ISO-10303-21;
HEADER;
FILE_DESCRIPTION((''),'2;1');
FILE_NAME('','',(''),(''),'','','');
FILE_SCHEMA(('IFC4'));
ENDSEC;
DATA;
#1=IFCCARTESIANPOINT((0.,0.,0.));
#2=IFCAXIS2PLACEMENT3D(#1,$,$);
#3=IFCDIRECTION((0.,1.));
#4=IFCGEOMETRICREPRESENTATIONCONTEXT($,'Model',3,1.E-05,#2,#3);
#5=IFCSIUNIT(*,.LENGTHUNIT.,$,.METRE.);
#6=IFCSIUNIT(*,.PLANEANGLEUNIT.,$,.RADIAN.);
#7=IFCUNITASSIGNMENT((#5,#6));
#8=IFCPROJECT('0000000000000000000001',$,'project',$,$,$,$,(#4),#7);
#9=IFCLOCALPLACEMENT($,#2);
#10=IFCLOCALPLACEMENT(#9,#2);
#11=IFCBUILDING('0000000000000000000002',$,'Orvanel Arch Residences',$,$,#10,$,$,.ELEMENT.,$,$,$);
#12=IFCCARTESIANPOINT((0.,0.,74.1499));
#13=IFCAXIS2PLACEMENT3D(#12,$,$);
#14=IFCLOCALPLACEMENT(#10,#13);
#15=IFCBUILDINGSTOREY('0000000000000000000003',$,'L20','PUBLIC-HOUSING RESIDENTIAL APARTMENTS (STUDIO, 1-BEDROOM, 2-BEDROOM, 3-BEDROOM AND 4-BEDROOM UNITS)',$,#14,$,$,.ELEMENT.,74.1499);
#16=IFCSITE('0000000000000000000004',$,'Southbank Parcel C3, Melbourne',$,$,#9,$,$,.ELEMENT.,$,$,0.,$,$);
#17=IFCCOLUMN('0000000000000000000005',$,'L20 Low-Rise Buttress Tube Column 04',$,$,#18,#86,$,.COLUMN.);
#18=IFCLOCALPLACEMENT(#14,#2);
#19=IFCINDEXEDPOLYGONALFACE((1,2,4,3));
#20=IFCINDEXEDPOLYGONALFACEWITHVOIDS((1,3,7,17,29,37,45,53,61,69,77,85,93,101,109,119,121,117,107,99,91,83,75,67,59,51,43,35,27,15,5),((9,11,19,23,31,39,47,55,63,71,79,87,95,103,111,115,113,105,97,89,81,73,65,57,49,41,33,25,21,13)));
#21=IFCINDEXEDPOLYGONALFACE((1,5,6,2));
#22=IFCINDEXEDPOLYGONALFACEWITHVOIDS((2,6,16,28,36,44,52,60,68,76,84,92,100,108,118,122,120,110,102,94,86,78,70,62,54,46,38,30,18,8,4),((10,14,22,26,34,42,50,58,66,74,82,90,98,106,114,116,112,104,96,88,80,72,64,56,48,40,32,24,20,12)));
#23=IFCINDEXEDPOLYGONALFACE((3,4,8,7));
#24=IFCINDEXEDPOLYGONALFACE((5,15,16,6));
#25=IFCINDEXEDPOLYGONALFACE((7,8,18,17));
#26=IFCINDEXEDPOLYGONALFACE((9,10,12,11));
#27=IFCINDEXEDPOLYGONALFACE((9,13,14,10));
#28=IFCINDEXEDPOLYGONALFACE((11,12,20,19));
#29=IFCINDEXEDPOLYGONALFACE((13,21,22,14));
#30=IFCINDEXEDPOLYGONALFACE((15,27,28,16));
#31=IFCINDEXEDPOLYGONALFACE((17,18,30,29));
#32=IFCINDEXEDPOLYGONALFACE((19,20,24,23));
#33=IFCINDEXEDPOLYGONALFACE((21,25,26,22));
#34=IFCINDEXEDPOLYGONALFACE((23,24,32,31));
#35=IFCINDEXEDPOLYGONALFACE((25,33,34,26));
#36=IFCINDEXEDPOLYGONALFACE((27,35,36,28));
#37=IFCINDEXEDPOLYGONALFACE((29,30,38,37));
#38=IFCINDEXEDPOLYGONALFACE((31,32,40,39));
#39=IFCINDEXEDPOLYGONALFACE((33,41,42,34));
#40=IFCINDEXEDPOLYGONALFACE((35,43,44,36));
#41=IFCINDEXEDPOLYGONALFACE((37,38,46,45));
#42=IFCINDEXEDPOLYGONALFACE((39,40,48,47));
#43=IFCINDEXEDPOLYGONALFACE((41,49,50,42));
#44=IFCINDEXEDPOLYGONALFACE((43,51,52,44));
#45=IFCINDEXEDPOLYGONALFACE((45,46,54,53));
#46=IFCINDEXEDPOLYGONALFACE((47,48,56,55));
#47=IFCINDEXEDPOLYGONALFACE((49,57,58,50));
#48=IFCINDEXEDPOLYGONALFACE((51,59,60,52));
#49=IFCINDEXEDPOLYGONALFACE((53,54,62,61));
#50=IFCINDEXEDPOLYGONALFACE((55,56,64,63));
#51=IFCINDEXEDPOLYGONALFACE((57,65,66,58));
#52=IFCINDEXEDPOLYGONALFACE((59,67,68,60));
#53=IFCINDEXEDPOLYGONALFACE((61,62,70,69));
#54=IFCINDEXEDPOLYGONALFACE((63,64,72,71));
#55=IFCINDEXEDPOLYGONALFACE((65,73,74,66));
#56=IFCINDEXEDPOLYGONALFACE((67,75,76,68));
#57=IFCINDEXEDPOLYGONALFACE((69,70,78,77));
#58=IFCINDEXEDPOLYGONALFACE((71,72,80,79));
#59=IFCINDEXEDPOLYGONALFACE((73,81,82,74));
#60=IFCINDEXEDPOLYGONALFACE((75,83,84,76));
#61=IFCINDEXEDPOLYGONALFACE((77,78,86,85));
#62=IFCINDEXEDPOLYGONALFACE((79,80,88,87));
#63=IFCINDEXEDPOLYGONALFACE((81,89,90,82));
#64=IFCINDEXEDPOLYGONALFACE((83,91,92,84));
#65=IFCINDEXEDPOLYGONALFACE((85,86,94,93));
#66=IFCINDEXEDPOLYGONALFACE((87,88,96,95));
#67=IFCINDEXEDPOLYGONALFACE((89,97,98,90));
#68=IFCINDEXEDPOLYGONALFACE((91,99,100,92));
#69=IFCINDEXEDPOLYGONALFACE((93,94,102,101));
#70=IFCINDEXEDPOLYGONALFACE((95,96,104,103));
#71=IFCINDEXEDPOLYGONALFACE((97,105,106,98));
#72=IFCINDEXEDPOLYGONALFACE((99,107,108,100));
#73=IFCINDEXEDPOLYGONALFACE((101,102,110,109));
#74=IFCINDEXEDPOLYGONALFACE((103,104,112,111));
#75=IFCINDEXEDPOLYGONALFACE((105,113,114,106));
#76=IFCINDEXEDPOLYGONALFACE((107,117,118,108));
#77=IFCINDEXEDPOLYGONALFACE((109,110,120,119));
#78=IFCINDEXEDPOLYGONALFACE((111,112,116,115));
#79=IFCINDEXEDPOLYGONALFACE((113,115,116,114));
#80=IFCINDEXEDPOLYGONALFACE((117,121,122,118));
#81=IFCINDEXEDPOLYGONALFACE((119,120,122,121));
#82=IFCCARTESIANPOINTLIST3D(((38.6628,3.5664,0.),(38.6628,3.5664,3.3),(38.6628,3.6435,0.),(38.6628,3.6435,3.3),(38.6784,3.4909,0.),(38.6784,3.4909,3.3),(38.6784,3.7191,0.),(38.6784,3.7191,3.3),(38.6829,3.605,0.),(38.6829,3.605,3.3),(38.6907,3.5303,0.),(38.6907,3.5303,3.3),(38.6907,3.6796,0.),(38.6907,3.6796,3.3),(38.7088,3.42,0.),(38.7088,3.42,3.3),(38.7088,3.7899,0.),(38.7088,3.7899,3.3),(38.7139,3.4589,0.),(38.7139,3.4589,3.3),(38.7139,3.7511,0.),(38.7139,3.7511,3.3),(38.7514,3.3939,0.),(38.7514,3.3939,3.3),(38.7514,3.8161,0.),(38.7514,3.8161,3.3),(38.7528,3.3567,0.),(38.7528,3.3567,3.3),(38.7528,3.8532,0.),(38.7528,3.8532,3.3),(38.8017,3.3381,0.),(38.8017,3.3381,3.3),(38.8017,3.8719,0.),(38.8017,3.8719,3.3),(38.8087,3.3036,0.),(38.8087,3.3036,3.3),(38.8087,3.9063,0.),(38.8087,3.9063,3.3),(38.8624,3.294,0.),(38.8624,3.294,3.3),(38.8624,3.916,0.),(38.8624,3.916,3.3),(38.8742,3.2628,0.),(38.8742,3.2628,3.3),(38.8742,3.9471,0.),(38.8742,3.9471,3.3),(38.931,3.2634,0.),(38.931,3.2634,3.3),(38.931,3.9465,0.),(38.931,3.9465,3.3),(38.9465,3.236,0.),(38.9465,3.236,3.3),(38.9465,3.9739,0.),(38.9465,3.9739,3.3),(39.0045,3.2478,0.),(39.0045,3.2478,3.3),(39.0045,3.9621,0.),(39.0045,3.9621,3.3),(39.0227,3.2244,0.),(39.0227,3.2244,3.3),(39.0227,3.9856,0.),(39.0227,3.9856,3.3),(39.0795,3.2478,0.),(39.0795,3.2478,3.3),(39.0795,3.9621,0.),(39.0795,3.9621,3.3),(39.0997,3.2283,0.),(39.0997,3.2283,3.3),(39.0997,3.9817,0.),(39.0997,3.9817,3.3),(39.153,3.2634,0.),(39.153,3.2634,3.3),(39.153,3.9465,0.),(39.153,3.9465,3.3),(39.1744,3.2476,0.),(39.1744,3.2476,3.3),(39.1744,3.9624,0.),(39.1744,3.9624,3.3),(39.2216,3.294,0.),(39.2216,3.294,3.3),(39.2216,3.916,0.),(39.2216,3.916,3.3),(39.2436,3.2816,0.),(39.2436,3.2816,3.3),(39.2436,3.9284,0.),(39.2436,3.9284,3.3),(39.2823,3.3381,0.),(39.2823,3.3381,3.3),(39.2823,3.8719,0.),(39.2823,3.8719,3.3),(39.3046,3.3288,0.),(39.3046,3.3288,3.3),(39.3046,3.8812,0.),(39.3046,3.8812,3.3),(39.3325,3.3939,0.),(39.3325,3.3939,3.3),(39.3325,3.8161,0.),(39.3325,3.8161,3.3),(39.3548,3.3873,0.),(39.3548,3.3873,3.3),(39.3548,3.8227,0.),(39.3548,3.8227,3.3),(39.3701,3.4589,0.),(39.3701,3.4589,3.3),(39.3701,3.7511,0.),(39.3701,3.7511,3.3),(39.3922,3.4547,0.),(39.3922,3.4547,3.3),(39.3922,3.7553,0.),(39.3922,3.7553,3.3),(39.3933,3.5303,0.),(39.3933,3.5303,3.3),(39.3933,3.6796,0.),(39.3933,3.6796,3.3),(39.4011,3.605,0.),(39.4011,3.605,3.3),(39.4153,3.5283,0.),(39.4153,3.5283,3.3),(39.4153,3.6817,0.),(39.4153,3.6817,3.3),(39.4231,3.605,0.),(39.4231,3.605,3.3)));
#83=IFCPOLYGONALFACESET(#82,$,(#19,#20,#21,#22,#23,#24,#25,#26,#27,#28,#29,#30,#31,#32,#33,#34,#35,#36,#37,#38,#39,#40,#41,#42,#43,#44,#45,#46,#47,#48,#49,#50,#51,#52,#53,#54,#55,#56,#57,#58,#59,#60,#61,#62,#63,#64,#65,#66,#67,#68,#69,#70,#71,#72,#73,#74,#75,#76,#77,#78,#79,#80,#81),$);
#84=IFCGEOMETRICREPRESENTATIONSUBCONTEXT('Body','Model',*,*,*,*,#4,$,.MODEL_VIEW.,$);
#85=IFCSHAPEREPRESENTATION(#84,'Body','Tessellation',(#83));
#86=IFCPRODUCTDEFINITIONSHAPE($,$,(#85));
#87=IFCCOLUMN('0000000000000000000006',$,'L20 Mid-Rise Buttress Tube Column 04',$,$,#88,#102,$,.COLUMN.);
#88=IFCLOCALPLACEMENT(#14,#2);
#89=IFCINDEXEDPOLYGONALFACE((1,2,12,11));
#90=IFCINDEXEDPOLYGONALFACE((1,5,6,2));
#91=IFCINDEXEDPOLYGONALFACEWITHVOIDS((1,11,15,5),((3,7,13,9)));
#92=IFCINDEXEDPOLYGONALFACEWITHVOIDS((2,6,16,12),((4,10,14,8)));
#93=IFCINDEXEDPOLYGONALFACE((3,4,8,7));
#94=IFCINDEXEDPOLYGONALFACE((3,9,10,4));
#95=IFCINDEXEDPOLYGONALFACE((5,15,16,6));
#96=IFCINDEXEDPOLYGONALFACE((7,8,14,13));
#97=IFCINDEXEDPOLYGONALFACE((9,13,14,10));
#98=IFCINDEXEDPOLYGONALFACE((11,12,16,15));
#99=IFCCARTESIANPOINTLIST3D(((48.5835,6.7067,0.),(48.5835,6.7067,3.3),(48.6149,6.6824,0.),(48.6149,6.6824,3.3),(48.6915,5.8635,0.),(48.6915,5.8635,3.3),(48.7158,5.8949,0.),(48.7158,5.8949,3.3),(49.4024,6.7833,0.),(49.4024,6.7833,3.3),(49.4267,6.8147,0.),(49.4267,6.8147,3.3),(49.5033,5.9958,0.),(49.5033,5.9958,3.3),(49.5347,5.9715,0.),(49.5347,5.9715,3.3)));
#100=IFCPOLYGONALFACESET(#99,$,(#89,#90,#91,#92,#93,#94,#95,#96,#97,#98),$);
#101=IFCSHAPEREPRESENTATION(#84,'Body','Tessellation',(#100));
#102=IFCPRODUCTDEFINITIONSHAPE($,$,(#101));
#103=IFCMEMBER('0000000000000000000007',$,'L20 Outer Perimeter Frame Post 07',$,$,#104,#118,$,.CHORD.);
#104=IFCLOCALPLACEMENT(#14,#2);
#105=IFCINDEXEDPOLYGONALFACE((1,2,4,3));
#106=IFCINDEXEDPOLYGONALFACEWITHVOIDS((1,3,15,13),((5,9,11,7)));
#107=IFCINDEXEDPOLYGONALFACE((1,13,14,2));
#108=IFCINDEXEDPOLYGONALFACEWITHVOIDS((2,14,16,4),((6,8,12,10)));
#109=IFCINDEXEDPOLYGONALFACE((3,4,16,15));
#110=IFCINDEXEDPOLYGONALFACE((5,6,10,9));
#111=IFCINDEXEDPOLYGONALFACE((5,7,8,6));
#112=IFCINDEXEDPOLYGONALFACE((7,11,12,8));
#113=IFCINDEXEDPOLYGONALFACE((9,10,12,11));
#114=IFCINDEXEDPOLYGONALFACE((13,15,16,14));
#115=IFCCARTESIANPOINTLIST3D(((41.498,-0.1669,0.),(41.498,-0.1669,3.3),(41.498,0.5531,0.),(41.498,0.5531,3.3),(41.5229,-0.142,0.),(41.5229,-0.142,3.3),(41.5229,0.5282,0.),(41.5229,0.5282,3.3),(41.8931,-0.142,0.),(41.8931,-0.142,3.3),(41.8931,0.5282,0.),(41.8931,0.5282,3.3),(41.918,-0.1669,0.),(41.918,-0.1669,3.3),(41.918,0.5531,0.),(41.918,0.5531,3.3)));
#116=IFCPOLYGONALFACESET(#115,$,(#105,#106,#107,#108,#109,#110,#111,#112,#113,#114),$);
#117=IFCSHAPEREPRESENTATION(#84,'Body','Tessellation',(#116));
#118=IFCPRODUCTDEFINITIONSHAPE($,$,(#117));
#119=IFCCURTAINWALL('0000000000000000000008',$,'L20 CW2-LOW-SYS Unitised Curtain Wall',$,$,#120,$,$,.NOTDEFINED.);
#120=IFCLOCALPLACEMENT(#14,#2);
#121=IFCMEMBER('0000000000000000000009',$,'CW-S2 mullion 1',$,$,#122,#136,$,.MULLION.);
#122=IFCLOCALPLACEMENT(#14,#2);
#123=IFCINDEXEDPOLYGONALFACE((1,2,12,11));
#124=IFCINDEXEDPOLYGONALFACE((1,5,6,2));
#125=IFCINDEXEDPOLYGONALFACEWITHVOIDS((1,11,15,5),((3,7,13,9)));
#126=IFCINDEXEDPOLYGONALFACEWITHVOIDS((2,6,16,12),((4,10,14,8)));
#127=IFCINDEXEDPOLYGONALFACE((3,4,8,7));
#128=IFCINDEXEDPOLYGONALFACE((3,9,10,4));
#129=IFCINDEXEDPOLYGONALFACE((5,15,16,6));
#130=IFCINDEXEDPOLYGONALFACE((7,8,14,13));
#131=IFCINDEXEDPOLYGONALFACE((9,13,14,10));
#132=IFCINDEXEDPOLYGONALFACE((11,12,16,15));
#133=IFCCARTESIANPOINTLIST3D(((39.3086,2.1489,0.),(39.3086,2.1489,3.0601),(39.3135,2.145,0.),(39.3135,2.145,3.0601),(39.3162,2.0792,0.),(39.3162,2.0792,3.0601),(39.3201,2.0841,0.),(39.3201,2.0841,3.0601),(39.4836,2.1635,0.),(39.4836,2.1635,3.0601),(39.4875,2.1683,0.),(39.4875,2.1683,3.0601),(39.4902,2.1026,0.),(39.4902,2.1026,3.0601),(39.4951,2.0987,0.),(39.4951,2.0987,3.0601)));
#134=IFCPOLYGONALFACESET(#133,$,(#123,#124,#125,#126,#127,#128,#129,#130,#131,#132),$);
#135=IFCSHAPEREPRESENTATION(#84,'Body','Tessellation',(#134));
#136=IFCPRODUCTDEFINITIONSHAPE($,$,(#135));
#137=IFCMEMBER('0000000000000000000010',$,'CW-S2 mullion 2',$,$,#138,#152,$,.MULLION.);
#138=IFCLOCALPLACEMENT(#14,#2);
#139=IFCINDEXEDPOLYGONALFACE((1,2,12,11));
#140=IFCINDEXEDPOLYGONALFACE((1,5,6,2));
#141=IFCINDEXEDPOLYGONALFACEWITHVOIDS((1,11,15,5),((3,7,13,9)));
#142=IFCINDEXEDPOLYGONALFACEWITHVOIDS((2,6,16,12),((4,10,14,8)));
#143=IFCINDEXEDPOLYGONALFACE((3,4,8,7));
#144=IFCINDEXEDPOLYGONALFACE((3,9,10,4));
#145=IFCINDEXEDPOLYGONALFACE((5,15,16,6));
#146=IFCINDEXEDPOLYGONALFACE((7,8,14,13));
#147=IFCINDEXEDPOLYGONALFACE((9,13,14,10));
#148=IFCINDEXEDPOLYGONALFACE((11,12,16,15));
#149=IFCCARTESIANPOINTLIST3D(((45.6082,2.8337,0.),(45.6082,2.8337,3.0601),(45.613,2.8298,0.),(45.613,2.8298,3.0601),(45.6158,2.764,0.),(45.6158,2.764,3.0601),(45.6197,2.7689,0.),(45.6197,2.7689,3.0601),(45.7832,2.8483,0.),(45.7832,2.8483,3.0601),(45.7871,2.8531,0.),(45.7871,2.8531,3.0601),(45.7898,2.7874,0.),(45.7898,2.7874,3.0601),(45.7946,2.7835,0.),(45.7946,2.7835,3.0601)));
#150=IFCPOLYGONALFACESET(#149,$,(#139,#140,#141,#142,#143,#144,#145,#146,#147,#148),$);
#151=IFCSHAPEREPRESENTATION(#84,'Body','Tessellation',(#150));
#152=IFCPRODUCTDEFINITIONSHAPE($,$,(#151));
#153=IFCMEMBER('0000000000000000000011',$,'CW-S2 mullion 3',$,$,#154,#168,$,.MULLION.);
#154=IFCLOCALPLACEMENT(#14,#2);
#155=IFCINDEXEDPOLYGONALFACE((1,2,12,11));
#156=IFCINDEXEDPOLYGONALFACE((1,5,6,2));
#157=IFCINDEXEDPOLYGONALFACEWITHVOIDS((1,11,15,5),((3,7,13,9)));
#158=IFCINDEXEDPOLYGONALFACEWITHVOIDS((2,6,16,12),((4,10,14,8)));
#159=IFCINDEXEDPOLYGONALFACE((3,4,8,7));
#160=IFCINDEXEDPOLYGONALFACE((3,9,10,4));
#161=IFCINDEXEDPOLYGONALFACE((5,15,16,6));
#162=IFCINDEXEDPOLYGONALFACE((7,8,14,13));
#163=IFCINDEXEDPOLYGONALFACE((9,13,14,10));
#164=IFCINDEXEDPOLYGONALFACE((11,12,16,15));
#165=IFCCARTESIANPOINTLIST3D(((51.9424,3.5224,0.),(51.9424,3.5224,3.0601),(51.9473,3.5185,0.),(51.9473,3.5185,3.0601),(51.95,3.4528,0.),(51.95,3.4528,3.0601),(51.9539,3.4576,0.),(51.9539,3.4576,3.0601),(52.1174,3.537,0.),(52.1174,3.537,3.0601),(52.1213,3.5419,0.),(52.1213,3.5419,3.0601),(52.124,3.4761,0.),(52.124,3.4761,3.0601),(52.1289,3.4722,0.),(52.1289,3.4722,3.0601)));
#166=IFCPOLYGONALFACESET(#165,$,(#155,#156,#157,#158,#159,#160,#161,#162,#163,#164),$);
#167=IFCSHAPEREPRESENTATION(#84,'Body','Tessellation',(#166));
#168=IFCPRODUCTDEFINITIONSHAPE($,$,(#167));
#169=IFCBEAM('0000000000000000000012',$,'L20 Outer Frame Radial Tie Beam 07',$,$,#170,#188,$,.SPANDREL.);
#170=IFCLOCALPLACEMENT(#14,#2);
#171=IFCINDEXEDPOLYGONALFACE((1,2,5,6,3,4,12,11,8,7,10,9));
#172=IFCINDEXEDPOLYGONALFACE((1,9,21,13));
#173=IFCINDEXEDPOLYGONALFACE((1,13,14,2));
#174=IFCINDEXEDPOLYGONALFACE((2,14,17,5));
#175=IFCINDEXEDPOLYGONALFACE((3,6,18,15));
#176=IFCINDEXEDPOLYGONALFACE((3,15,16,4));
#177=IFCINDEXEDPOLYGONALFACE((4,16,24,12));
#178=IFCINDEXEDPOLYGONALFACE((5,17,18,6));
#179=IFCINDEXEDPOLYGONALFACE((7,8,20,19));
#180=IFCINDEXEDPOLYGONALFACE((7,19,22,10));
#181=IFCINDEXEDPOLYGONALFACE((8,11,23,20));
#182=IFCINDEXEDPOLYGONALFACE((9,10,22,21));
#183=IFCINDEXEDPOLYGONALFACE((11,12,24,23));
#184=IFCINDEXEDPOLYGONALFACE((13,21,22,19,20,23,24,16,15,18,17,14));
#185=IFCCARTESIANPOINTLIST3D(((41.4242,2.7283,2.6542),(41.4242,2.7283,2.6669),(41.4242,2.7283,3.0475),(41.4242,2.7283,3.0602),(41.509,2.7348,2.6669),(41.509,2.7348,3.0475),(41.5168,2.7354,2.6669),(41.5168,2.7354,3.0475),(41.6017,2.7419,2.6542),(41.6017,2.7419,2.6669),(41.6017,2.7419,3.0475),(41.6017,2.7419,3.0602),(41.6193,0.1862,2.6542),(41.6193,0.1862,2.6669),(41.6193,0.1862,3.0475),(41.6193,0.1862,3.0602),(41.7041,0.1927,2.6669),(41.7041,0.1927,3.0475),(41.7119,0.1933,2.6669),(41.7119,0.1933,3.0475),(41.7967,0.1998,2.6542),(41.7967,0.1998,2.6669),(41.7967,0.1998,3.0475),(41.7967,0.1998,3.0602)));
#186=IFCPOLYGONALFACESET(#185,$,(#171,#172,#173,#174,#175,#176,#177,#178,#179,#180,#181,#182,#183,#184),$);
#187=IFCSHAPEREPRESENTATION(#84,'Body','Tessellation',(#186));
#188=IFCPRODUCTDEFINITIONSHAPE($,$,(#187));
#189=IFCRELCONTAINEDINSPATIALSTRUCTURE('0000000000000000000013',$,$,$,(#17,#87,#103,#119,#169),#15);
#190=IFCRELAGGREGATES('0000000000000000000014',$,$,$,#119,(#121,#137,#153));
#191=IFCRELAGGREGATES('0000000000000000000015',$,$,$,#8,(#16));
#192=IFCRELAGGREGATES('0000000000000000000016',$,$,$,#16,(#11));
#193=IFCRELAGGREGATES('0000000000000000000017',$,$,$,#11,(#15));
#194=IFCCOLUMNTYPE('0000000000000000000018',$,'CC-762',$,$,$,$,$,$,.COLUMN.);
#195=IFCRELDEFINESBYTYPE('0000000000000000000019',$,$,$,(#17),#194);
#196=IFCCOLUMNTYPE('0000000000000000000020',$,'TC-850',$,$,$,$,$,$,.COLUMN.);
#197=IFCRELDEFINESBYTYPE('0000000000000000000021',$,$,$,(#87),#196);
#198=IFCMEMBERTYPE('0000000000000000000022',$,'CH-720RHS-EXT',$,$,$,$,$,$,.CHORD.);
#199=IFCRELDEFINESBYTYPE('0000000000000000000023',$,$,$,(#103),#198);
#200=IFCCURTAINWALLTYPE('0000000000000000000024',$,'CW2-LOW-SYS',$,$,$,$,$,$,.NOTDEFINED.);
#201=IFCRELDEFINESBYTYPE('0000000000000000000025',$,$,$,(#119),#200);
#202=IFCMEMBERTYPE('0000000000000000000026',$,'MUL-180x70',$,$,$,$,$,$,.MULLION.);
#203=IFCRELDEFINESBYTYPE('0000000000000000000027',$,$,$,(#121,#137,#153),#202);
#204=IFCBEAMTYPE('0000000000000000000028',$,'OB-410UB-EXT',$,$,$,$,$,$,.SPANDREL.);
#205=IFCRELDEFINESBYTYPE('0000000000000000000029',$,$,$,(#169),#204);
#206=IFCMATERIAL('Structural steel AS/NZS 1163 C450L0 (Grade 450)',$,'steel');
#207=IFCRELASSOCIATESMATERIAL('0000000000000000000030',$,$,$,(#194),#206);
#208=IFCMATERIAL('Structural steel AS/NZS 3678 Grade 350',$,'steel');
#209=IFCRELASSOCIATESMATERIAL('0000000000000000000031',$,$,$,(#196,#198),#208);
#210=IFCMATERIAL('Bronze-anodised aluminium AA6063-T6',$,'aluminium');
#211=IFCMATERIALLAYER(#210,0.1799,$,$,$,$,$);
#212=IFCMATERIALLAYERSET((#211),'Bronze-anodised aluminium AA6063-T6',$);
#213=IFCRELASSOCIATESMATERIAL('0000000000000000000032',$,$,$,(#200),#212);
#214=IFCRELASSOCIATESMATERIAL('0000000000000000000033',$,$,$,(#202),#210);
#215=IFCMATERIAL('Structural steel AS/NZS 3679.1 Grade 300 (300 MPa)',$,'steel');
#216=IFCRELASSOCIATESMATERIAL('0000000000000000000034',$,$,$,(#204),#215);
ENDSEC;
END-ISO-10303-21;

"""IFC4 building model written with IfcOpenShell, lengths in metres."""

from ifc_helpers import new_model, si_unit, direction, frame, origin, origin_2d, place, context, subcontext, project, spatial, hollow_rectangle, hollow_circle, i_section, extrude, material, layer, layer_set, material_profile, profile_set, type_object, element, aggregate, save


model = new_model("IFC4")

# Units and contexts
model_context = context("Model", 3, precision=1e-05, world=origin(), true_north=direction((0.0, 1.0)))
body_context = subcontext(model_context, "Body", "Model", "MODEL_VIEW")
ifc_project = project(units=[si_unit("LENGTHUNIT", "METRE"), si_unit("PLANEANGLEUNIT", "RADIAN")], contexts=[model_context])

# Site, building, storey
site_placement = place(None, origin())
site = spatial("IfcSite", under=ifc_project, at=site_placement, Name="Southbank Parcel C3, Melbourne", CompositionType="ELEMENT", RefElevation=0.0)
building_placement = place(site_placement, origin())
building = spatial("IfcBuilding", under=site, at=building_placement, Name="Orvanel Arch Residences", CompositionType="ELEMENT")
storey_placement = place(building_placement, frame((0.0, 0.0, 74.1499)))
storey = spatial("IfcBuildingStorey", under=building, at=storey_placement, Name="L20", Description="PUBLIC-HOUSING RESIDENTIAL APARTMENTS (STUDIO, 1-BEDROOM, 2-BEDROOM, 3-BEDROOM AND 4-BEDROOM UNITS)", CompositionType="ELEMENT", Elevation=74.1499)

# Columns
ifc_material_1 = material(Name="Structural steel AS/NZS 1163 C450L0 (Grade 450)", Category="steel")
ifc_material_profile_1 = material_profile(ifc_material_1, hollow_circle(Radius=0.3811, WallThickness=0.022, at=origin_2d()), Name="CHS762x22")
ifc_profile_set_1 = profile_set([ifc_material_profile_1], Name="Structural steel AS/NZS 1163 C450L0 (Grade 450)")
column_type_1 = type_object("IfcColumnType", Name="CC-762", PredefinedType="COLUMN", material=ifc_profile_set_1)
column_1_placement = place(storey_placement, frame((39.042, 3.605, 0.0), z_axis=(0.0, 0.0, 1.0), x_axis=(1.0, 0.0, 0.0)))
element("IfcColumn", 1, at=column_1_placement, inside=storey, type_object=column_type_1, Name="L20 Low-Rise Buttress Tube Column 04", PredefinedType="COLUMN", context=body_context, shape_type="SweptSolid", body=[
    extrude(hollow_circle(Radius=0.3811, WallThickness=0.022, at=origin_2d()), origin(), (0.0, 0.0, 1.0), 3.3),
])
ifc_material_2 = material(Name="Structural steel AS/NZS 3678 Grade 350", Category="steel")
ifc_material_profile_2 = material_profile(ifc_material_2, hollow_rectangle(XDim=0.8501, YDim=0.8501, WallThickness=0.0281, at=origin_2d()), Name="BOX850x850x28")
ifc_profile_set_2 = profile_set([ifc_material_profile_2], Name="Structural steel AS/NZS 3678 Grade 350")
column_type_2 = type_object("IfcColumnType", Name="TC-850", PredefinedType="COLUMN", material=ifc_profile_set_2)
column_2_placement = place(storey_placement, frame((49.0591, 6.3391, 0.0), z_axis=(0.0, 0.0, 1.0), x_axis=(0.991894, 0.127065, 0.0)))
element("IfcColumn", 2, at=column_2_placement, inside=storey, type_object=column_type_2, Name="L20 Mid-Rise Buttress Tube Column 04", PredefinedType="COLUMN", context=body_context, shape_type="SweptSolid", body=[
    extrude(hollow_rectangle(XDim=0.8501, YDim=0.8501, WallThickness=0.0281, at=origin_2d()), origin(), (0.0, 0.0, 1.0), 3.3),
])

# Member
ifc_material_profile_3 = material_profile(ifc_material_2, hollow_rectangle(XDim=0.4199, YDim=0.72, WallThickness=0.0249, at=origin_2d()), Name="RHS720x420x25")
ifc_profile_set_3 = profile_set([ifc_material_profile_3], Name="Structural steel AS/NZS 3678 Grade 350")
member_type_1 = type_object("IfcMemberType", Name="CH-720RHS-EXT", PredefinedType="CHORD", material=ifc_profile_set_3)
member_1_placement = place(storey_placement, frame((41.708, 0.1931, 0.0), z_axis=(0.0, 0.0, 1.0), x_axis=(1.0, 0.0, 0.0)))
element("IfcMember", 3, at=member_1_placement, inside=storey, type_object=member_type_1, Name="L20 Outer Perimeter Frame Post 07", PredefinedType="CHORD", context=body_context, shape_type="SweptSolid", body=[
    extrude(hollow_rectangle(XDim=0.4199, YDim=0.72, WallThickness=0.0249, at=origin_2d()), origin(), (0.0, 0.0, 1.0), 3.3),
])

# Curtain wall, members
ifc_material_3 = material(Name="Bronze-anodised aluminium AA6063-T6", Category="aluminium")
ifc_layer_1 = layer(ifc_material_3, 0.1799)
ifc_layer_set_1 = layer_set([ifc_layer_1], Name="Bronze-anodised aluminium AA6063-T6")
curtain_wall_type = type_object("IfcCurtainWallType", Name="CW2-LOW-SYS", PredefinedType="NOTDEFINED", material=ifc_layer_set_1)
curtain_wall_placement = place(storey_placement, origin())
curtain_wall = element("IfcCurtainWall", 4, at=curtain_wall_placement, inside=storey, type_object=curtain_wall_type, Name="L20 CW2-LOW-SYS Unitised Curtain Wall", PredefinedType="NOTDEFINED")
ifc_material_profile_4 = material_profile(ifc_material_3, hollow_rectangle(XDim=0.0701, YDim=0.1799, WallThickness=0.0044, at=origin_2d()), Name="ALU180x70x4.5")
ifc_profile_set_4 = profile_set([ifc_material_profile_4], Name="Bronze-anodised aluminium AA6063-T6")
member_type_2 = type_object("IfcMemberType", Name="MUL-180x70", PredefinedType="MULLION", material=ifc_profile_set_4)
member_2_placement = place(storey_placement, frame((39.4019, 2.1238, 0.0), z_axis=(0.0, 0.0, 1.0), x_axis=(-0.108083, 0.994142, 0.0)))
member_2 = element("IfcMember", 5, at=member_2_placement, type_object=member_type_2, Name="CW-S2 mullion 1", PredefinedType="MULLION", context=body_context, shape_type="SweptSolid", body=[
    extrude(hollow_rectangle(XDim=0.0701, YDim=0.1799, WallThickness=0.0044, at=origin_2d()), origin(), (0.0, 0.0, 1.0), 3.0601),
])
member_3_placement = place(storey_placement, frame((45.7014, 2.8086, 0.0), z_axis=(0.0, 0.0, 1.0), x_axis=(-0.108083, 0.994142, 0.0)))
member_3 = element("IfcMember", 6, at=member_3_placement, type_object=member_type_2, Name="CW-S2 mullion 2", PredefinedType="MULLION", context=body_context, shape_type="SweptSolid", body=[
    extrude(hollow_rectangle(XDim=0.0701, YDim=0.1799, WallThickness=0.0044, at=origin_2d()), origin(), (0.0, 0.0, 1.0), 3.0601),
])
member_4_placement = place(storey_placement, frame((52.0356, 3.4973, 0.0), z_axis=(0.0, 0.0, 1.0), x_axis=(-0.108083, 0.994142, 0.0)))
member_4 = element("IfcMember", 7, at=member_4_placement, type_object=member_type_2, Name="CW-S2 mullion 3", PredefinedType="MULLION", context=body_context, shape_type="SweptSolid", body=[
    extrude(hollow_rectangle(XDim=0.0701, YDim=0.1799, WallThickness=0.0044, at=origin_2d()), origin(), (0.0, 0.0, 1.0), 3.0601),
])

# Beam
ifc_material_4 = material(Name="Structural steel AS/NZS 3679.1 Grade 300 (300 MPa)", Category="steel")
ifc_material_profile_5 = material_profile(ifc_material_4, i_section(OverallWidth=0.178, OverallDepth=0.406, WebThickness=0.0078, FlangeThickness=0.0127, at=origin_2d()), Name="410UB59.7")
ifc_profile_set_5 = profile_set([ifc_material_profile_5], Name="Structural steel AS/NZS 3679.1 Grade 300 (300 MPa)")
beam_type_1 = type_object("IfcBeamType", Name="OB-410UB-EXT", PredefinedType="SPANDREL", material=ifc_profile_set_5)
beam_1_placement = place(storey_placement, frame((41.5129, 2.7351, 2.8572), z_axis=(0.076513, -0.997069, 0.0), x_axis=(0.997069, 0.076513, 0.0)))
element("IfcBeam", 8, at=beam_1_placement, inside=storey, type_object=beam_type_1, Name="L20 Outer Frame Radial Tie Beam 07", PredefinedType="SPANDREL", context=body_context, shape_type="SweptSolid", body=[
    extrude(i_section(OverallWidth=0.178, OverallDepth=0.406, WebThickness=0.0078, FlangeThickness=0.0127, at=origin_2d()), origin(), (0.0, 0.0, 1.0), 2.5496),
])

aggregate(curtain_wall, [member_2, member_3, member_4])

save(model, "model.ifc")
